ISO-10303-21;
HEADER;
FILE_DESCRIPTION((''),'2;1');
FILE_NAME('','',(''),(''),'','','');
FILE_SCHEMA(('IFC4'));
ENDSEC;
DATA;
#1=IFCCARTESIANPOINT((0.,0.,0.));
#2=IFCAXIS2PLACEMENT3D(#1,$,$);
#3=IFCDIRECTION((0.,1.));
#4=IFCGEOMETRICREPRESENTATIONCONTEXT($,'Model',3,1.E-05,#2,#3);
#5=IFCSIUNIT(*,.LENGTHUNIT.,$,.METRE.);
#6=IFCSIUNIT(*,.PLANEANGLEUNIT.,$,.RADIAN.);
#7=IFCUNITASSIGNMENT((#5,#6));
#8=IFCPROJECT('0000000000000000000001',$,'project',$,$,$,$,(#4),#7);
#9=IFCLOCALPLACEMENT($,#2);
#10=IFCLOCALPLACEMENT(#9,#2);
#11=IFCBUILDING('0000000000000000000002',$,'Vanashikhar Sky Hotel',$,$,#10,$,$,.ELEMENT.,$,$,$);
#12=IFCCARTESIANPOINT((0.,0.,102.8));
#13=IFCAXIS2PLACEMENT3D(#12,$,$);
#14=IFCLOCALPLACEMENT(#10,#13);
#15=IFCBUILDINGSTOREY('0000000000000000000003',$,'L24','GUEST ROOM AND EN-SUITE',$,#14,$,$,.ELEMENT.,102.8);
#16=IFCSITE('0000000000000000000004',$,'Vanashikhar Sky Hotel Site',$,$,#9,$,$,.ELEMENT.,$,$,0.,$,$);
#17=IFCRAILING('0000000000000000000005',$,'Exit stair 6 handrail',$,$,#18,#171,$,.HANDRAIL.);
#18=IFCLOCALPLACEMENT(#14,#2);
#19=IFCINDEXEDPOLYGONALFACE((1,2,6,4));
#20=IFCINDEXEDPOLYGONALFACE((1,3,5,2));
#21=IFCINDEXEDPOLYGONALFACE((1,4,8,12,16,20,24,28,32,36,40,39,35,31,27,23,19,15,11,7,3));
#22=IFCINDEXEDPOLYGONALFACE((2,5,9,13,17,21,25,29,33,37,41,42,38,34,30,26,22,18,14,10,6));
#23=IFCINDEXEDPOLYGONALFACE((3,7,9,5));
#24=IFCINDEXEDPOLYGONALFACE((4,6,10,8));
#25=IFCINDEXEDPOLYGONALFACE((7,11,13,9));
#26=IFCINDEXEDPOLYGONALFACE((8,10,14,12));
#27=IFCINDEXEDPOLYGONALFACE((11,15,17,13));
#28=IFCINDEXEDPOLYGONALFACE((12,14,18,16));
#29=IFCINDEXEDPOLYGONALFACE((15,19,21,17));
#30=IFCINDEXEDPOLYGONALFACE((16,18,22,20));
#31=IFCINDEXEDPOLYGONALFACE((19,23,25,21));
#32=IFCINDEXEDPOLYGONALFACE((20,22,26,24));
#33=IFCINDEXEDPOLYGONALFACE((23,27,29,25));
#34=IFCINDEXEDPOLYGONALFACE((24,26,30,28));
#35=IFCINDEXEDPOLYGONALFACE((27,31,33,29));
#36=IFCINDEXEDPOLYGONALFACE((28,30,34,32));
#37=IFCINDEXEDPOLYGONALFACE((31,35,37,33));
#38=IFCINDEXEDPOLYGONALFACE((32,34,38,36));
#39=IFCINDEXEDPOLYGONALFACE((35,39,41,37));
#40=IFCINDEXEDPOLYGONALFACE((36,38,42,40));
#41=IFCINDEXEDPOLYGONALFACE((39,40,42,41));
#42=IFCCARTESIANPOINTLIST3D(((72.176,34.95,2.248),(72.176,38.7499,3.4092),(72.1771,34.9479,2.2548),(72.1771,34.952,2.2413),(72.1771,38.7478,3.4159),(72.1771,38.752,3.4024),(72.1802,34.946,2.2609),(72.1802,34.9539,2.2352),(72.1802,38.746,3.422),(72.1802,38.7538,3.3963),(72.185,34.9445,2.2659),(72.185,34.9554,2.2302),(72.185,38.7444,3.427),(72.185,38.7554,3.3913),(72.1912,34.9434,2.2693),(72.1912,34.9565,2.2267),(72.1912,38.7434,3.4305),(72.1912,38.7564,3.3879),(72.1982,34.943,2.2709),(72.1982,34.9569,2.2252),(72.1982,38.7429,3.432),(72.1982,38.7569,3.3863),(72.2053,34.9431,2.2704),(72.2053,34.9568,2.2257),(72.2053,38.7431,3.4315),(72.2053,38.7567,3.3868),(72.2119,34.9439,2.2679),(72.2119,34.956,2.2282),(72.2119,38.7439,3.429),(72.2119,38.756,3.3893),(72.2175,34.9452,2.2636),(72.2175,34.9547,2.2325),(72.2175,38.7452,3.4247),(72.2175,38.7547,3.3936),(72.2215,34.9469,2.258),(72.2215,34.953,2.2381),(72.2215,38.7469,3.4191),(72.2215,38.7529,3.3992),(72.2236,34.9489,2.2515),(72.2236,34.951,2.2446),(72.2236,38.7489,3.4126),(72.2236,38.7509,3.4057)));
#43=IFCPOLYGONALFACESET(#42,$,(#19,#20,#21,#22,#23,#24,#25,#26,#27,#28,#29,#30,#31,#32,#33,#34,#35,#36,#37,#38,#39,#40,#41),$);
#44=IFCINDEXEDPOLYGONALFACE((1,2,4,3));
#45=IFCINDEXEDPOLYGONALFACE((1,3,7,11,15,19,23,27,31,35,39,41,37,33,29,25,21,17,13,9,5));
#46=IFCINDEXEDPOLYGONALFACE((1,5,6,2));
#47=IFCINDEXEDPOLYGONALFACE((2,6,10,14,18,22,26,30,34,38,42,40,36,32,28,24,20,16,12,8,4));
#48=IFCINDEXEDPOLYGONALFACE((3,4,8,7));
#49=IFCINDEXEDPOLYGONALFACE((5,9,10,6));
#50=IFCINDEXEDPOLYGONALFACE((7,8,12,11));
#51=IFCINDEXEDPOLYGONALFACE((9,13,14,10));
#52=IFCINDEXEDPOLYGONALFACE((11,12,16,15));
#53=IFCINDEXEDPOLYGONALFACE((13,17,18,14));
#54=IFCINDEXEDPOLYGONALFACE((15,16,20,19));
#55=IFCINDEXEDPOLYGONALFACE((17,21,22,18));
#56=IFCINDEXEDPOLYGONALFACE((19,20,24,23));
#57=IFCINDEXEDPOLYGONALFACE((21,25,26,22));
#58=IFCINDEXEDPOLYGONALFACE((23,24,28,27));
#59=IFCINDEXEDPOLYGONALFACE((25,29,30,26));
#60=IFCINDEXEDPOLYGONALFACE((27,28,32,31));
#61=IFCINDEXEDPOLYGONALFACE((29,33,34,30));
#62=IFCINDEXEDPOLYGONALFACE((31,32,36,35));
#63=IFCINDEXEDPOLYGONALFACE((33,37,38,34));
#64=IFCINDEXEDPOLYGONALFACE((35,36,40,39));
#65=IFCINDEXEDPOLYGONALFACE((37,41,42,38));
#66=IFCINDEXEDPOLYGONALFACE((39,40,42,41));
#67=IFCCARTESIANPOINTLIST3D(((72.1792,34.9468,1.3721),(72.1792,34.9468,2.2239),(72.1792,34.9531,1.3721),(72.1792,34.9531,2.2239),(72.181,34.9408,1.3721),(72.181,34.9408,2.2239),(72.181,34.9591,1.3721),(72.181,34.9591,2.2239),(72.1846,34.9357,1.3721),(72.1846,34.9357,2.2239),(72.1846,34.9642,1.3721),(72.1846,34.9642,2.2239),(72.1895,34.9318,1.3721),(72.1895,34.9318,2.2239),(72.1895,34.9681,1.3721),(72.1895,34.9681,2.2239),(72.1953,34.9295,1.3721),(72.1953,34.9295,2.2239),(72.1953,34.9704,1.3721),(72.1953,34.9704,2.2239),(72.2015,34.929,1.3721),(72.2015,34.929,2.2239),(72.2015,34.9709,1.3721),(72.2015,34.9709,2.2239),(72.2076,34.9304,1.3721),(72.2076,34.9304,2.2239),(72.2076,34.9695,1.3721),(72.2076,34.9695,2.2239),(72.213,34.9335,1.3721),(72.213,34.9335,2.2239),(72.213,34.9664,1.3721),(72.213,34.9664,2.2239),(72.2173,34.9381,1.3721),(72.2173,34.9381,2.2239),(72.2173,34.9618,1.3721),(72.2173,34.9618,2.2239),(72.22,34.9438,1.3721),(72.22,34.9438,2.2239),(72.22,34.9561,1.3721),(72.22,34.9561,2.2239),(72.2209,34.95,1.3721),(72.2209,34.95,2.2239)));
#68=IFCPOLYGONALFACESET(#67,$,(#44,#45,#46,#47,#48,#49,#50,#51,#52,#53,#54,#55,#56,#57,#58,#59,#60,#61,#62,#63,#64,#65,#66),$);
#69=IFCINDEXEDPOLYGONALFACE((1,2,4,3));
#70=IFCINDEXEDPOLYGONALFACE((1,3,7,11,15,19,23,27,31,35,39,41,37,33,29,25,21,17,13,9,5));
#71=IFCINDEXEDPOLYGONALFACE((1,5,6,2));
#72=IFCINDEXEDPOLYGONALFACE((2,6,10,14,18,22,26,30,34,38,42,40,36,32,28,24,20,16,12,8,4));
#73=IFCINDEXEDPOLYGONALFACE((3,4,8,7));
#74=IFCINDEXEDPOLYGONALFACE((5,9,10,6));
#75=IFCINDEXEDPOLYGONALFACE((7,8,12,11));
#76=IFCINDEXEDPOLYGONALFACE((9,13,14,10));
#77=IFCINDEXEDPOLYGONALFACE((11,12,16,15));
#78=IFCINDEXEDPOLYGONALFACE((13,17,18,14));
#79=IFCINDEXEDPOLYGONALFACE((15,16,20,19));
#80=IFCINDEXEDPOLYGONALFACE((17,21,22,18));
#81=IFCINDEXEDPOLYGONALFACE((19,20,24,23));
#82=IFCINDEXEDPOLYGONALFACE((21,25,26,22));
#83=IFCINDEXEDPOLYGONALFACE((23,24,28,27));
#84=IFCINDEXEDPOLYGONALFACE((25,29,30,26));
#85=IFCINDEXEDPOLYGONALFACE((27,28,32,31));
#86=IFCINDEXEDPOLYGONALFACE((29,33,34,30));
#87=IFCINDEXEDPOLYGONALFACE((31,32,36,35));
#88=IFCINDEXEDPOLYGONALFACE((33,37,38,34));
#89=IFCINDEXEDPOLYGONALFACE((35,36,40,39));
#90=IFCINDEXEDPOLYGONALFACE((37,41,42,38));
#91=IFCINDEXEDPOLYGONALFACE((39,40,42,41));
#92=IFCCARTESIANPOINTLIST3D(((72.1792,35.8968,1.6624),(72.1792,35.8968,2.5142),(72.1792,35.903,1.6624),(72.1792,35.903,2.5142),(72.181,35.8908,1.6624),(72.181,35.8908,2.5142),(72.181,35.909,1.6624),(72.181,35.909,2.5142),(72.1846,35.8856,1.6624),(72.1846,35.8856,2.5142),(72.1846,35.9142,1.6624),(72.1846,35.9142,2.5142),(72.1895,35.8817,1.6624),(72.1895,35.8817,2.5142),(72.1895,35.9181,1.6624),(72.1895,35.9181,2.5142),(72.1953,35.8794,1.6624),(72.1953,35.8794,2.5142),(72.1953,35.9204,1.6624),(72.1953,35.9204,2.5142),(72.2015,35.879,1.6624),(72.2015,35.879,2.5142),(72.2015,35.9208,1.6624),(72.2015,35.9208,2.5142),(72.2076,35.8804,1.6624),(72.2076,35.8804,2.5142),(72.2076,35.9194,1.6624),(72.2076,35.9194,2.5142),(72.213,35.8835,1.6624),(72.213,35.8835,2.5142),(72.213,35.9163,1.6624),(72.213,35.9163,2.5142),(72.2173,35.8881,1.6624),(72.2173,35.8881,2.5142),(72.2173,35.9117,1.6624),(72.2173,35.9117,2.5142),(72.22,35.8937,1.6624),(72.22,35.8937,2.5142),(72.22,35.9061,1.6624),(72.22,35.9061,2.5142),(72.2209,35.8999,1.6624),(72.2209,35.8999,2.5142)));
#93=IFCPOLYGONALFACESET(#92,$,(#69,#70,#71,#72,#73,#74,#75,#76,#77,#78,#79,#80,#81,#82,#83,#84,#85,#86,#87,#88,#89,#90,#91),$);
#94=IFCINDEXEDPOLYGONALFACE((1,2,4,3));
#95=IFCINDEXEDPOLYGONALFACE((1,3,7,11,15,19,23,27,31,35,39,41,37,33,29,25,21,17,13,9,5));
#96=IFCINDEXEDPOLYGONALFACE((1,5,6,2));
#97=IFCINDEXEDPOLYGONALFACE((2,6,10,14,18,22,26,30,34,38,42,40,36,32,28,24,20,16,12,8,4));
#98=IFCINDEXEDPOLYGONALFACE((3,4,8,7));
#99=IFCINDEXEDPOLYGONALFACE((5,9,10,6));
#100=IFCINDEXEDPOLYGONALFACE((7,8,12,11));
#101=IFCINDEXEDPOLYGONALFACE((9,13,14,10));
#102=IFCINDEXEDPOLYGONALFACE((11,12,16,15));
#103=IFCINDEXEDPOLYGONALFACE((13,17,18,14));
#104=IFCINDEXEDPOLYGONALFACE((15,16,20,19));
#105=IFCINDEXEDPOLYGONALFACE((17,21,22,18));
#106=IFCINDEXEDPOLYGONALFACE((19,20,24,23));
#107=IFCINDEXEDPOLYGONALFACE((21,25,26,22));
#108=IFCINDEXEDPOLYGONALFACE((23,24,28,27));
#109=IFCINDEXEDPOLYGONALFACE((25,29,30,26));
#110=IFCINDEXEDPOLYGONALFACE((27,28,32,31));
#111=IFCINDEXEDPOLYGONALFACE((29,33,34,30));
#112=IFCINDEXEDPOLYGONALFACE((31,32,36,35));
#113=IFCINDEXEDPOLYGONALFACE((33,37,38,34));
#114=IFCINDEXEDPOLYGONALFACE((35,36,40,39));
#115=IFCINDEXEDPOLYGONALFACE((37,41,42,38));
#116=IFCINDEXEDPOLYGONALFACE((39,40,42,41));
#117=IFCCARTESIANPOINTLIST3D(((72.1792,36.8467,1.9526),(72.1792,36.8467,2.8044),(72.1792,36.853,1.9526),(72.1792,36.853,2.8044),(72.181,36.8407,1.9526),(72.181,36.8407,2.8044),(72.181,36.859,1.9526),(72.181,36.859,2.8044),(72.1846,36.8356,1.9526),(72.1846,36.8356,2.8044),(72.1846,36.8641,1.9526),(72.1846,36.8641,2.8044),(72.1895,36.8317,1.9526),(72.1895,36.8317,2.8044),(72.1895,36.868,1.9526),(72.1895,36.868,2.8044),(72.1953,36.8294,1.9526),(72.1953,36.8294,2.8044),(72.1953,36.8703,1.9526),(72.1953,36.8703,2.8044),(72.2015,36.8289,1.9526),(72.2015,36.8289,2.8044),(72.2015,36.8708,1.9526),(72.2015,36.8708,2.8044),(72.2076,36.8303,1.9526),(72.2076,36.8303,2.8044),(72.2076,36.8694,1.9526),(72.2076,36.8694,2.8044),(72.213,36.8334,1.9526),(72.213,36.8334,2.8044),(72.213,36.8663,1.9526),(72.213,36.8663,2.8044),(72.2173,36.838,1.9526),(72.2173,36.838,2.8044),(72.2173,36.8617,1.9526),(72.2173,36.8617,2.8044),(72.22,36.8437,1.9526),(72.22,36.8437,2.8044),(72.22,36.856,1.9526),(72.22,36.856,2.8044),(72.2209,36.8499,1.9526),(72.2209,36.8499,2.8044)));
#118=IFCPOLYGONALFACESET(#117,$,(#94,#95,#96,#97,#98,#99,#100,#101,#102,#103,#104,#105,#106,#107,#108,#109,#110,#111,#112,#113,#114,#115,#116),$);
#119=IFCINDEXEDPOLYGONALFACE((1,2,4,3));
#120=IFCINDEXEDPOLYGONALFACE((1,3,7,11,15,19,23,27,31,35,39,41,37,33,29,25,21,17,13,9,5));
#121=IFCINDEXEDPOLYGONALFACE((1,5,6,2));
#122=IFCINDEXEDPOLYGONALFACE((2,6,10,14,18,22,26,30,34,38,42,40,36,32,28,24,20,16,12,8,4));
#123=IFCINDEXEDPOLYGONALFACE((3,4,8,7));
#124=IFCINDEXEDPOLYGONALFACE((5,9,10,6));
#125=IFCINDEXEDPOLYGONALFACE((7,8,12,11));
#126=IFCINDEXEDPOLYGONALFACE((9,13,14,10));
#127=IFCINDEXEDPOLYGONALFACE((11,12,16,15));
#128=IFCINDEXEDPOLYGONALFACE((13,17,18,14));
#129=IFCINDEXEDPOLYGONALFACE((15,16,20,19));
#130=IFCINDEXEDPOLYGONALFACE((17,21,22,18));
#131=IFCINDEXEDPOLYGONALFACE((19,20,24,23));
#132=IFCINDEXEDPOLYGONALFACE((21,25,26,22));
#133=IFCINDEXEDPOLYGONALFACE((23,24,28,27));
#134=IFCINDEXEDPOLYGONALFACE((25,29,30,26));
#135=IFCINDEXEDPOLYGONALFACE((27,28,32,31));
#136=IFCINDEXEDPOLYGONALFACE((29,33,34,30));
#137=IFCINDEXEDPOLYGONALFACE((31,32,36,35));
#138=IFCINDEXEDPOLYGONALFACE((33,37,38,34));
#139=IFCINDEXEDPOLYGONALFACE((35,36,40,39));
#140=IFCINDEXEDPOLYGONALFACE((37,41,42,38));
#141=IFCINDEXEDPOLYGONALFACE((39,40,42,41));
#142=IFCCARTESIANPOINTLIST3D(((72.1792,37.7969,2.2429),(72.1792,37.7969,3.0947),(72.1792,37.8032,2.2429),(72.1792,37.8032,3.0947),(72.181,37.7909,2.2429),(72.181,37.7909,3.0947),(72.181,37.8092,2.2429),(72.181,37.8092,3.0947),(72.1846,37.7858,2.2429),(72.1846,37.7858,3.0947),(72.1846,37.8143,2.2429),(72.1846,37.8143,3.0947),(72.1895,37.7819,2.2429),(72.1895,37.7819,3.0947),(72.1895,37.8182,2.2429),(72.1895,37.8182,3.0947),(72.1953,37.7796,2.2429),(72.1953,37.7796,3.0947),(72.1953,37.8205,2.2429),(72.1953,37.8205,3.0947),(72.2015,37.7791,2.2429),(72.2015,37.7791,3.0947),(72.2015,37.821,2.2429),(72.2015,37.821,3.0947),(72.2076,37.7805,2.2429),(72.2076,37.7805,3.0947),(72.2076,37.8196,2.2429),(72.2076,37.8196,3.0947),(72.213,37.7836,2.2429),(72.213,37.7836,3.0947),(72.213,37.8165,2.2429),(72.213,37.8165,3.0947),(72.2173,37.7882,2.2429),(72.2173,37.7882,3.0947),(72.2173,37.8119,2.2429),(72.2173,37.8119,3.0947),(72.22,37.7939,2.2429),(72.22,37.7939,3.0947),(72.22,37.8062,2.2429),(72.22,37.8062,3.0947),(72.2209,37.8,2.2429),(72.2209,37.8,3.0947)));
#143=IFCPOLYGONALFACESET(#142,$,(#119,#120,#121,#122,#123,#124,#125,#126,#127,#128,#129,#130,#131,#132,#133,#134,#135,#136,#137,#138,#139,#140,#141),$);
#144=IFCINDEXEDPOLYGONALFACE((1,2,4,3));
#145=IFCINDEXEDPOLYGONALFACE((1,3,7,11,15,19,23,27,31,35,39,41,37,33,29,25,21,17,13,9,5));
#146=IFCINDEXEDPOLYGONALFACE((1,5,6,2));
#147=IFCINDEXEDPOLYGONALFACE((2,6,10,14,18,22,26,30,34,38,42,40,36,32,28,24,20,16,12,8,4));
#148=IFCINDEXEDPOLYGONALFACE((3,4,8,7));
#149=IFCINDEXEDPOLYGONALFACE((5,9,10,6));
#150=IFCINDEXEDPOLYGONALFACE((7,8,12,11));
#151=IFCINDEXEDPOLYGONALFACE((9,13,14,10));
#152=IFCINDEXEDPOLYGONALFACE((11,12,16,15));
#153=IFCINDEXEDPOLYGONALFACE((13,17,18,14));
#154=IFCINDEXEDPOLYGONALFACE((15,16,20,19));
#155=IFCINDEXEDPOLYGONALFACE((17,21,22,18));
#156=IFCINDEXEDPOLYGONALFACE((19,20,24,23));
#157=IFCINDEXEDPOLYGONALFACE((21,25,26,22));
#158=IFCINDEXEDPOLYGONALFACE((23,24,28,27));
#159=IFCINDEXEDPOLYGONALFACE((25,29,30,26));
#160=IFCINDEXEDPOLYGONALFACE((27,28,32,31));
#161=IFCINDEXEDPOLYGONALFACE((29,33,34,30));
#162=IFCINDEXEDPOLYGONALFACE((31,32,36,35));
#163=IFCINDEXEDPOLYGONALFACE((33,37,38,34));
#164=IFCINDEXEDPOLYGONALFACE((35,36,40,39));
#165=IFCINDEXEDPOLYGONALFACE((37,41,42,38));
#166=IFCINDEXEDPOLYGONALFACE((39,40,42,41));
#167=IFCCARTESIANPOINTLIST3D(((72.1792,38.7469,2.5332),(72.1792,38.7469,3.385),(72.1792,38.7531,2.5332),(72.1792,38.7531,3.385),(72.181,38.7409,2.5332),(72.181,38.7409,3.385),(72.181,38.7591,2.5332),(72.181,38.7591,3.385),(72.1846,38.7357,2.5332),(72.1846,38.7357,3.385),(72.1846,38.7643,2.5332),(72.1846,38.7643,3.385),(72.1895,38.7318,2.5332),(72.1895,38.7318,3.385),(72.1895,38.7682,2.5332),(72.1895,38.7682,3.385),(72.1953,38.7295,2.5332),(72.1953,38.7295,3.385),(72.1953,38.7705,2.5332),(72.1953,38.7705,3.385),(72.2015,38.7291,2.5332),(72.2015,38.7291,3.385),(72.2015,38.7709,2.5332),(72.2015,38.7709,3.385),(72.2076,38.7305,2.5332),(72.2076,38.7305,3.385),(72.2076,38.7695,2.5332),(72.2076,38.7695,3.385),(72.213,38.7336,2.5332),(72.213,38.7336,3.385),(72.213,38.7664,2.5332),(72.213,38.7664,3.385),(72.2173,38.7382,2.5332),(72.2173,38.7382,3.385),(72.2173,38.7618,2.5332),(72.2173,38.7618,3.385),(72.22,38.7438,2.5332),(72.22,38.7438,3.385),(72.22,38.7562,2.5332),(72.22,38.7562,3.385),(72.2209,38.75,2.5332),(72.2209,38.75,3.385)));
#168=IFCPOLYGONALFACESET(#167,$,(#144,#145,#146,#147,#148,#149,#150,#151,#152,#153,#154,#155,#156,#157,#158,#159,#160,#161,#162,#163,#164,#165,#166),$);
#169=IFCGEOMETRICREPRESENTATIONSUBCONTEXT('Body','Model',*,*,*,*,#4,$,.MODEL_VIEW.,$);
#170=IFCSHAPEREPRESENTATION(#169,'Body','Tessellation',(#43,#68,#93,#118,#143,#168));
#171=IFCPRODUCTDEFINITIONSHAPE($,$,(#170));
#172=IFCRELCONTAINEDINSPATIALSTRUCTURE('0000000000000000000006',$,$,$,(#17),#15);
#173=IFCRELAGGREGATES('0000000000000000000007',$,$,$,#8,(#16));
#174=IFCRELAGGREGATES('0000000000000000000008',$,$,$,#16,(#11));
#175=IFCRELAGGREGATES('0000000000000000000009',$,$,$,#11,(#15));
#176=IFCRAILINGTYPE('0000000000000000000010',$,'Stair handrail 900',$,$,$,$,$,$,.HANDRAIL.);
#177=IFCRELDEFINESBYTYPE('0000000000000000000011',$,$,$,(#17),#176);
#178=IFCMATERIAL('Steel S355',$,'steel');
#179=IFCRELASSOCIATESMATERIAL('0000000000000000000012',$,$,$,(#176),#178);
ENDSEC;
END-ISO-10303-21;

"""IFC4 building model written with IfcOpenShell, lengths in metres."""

from ifc_helpers import new_model, si_unit, direction, frame, origin, origin_2d, place, context, subcontext, project, spatial, circle, extrude, source, transform, mapped, material, type_object, element, save


model = new_model("IFC4")

# Units and contexts
model_context = context("Model", 3, precision=1e-05, world=origin(), true_north=direction((0.0, 1.0)))
body_context = subcontext(model_context, "Body", "Model", "MODEL_VIEW")
ifc_project = project(units=[si_unit("LENGTHUNIT", "METRE"), si_unit("PLANEANGLEUNIT", "RADIAN")], contexts=[model_context])

# Site, building, storey
site_placement = place(None, origin())
site = spatial("IfcSite", under=ifc_project, at=site_placement, Name="Vanashikhar Sky Hotel Site", CompositionType="ELEMENT", RefElevation=0.0)
building_placement = place(site_placement, origin())
building = spatial("IfcBuilding", under=site, at=building_placement, Name="Vanashikhar Sky Hotel", CompositionType="ELEMENT")
storey_placement = place(building_placement, frame((0.0, 0.0, 102.8)))
storey = spatial("IfcBuildingStorey", under=building, at=storey_placement, Name="L24", Description="GUEST ROOM AND EN-SUITE", CompositionType="ELEMENT", Elevation=102.8)

# Railing
ifc_material_1 = material(Name="Steel S355", Category="steel")
railing_type_1 = type_object("IfcRailingType", Name="Stair handrail 900", PredefinedType="HANDRAIL", material=ifc_material_1)
shared_shape_1 = source(origin(), body_context, "Body", "SweptSolid", [
    extrude(circle(Radius=0.0239, at=origin_2d()), frame((0.0, 0.0, 0.876), z_axis=(0.0, 0.956351, 0.29222), x_axis=(-1.0, 0.0, 0.0)), (0.0, 0.0, 1.0), 3.9734),
    extrude(circle(Radius=0.021, at=origin_2d()), origin(), (0.0, 0.0, 1.0), 0.8518),
    extrude(circle(Radius=0.021, at=origin_2d()), frame((0.0, 0.95, 0.2903)), (0.0, 0.0, 1.0), 0.8518),
    extrude(circle(Radius=0.021, at=origin_2d()), frame((0.0, 1.8999, 0.5806)), (0.0, 0.0, 1.0), 0.8518),
    extrude(circle(Radius=0.021, at=origin_2d()), frame((0.0, 2.8501, 0.8708)), (0.0, 0.0, 1.0), 0.8518),
    extrude(circle(Radius=0.021, at=origin_2d()), frame((0.0, 3.8, 1.1611)), (0.0, 0.0, 1.0), 0.8518),
])
for number, where, name in (
    (1, (72.2, 34.95, 1.3721), "Exit stair 6 handrail"),
):
    element("IfcRailing", number, at=place(storey_placement, frame(where)), inside=storey, type_object=railing_type_1, Name=name, PredefinedType="HANDRAIL", context=body_context, shape_type="MappedRepresentation", body=[
        mapped(shared_shape_1, transform((0.0, 0.0, 0.0), scale=1.0)),
    ])

save(model, "model.ifc")
